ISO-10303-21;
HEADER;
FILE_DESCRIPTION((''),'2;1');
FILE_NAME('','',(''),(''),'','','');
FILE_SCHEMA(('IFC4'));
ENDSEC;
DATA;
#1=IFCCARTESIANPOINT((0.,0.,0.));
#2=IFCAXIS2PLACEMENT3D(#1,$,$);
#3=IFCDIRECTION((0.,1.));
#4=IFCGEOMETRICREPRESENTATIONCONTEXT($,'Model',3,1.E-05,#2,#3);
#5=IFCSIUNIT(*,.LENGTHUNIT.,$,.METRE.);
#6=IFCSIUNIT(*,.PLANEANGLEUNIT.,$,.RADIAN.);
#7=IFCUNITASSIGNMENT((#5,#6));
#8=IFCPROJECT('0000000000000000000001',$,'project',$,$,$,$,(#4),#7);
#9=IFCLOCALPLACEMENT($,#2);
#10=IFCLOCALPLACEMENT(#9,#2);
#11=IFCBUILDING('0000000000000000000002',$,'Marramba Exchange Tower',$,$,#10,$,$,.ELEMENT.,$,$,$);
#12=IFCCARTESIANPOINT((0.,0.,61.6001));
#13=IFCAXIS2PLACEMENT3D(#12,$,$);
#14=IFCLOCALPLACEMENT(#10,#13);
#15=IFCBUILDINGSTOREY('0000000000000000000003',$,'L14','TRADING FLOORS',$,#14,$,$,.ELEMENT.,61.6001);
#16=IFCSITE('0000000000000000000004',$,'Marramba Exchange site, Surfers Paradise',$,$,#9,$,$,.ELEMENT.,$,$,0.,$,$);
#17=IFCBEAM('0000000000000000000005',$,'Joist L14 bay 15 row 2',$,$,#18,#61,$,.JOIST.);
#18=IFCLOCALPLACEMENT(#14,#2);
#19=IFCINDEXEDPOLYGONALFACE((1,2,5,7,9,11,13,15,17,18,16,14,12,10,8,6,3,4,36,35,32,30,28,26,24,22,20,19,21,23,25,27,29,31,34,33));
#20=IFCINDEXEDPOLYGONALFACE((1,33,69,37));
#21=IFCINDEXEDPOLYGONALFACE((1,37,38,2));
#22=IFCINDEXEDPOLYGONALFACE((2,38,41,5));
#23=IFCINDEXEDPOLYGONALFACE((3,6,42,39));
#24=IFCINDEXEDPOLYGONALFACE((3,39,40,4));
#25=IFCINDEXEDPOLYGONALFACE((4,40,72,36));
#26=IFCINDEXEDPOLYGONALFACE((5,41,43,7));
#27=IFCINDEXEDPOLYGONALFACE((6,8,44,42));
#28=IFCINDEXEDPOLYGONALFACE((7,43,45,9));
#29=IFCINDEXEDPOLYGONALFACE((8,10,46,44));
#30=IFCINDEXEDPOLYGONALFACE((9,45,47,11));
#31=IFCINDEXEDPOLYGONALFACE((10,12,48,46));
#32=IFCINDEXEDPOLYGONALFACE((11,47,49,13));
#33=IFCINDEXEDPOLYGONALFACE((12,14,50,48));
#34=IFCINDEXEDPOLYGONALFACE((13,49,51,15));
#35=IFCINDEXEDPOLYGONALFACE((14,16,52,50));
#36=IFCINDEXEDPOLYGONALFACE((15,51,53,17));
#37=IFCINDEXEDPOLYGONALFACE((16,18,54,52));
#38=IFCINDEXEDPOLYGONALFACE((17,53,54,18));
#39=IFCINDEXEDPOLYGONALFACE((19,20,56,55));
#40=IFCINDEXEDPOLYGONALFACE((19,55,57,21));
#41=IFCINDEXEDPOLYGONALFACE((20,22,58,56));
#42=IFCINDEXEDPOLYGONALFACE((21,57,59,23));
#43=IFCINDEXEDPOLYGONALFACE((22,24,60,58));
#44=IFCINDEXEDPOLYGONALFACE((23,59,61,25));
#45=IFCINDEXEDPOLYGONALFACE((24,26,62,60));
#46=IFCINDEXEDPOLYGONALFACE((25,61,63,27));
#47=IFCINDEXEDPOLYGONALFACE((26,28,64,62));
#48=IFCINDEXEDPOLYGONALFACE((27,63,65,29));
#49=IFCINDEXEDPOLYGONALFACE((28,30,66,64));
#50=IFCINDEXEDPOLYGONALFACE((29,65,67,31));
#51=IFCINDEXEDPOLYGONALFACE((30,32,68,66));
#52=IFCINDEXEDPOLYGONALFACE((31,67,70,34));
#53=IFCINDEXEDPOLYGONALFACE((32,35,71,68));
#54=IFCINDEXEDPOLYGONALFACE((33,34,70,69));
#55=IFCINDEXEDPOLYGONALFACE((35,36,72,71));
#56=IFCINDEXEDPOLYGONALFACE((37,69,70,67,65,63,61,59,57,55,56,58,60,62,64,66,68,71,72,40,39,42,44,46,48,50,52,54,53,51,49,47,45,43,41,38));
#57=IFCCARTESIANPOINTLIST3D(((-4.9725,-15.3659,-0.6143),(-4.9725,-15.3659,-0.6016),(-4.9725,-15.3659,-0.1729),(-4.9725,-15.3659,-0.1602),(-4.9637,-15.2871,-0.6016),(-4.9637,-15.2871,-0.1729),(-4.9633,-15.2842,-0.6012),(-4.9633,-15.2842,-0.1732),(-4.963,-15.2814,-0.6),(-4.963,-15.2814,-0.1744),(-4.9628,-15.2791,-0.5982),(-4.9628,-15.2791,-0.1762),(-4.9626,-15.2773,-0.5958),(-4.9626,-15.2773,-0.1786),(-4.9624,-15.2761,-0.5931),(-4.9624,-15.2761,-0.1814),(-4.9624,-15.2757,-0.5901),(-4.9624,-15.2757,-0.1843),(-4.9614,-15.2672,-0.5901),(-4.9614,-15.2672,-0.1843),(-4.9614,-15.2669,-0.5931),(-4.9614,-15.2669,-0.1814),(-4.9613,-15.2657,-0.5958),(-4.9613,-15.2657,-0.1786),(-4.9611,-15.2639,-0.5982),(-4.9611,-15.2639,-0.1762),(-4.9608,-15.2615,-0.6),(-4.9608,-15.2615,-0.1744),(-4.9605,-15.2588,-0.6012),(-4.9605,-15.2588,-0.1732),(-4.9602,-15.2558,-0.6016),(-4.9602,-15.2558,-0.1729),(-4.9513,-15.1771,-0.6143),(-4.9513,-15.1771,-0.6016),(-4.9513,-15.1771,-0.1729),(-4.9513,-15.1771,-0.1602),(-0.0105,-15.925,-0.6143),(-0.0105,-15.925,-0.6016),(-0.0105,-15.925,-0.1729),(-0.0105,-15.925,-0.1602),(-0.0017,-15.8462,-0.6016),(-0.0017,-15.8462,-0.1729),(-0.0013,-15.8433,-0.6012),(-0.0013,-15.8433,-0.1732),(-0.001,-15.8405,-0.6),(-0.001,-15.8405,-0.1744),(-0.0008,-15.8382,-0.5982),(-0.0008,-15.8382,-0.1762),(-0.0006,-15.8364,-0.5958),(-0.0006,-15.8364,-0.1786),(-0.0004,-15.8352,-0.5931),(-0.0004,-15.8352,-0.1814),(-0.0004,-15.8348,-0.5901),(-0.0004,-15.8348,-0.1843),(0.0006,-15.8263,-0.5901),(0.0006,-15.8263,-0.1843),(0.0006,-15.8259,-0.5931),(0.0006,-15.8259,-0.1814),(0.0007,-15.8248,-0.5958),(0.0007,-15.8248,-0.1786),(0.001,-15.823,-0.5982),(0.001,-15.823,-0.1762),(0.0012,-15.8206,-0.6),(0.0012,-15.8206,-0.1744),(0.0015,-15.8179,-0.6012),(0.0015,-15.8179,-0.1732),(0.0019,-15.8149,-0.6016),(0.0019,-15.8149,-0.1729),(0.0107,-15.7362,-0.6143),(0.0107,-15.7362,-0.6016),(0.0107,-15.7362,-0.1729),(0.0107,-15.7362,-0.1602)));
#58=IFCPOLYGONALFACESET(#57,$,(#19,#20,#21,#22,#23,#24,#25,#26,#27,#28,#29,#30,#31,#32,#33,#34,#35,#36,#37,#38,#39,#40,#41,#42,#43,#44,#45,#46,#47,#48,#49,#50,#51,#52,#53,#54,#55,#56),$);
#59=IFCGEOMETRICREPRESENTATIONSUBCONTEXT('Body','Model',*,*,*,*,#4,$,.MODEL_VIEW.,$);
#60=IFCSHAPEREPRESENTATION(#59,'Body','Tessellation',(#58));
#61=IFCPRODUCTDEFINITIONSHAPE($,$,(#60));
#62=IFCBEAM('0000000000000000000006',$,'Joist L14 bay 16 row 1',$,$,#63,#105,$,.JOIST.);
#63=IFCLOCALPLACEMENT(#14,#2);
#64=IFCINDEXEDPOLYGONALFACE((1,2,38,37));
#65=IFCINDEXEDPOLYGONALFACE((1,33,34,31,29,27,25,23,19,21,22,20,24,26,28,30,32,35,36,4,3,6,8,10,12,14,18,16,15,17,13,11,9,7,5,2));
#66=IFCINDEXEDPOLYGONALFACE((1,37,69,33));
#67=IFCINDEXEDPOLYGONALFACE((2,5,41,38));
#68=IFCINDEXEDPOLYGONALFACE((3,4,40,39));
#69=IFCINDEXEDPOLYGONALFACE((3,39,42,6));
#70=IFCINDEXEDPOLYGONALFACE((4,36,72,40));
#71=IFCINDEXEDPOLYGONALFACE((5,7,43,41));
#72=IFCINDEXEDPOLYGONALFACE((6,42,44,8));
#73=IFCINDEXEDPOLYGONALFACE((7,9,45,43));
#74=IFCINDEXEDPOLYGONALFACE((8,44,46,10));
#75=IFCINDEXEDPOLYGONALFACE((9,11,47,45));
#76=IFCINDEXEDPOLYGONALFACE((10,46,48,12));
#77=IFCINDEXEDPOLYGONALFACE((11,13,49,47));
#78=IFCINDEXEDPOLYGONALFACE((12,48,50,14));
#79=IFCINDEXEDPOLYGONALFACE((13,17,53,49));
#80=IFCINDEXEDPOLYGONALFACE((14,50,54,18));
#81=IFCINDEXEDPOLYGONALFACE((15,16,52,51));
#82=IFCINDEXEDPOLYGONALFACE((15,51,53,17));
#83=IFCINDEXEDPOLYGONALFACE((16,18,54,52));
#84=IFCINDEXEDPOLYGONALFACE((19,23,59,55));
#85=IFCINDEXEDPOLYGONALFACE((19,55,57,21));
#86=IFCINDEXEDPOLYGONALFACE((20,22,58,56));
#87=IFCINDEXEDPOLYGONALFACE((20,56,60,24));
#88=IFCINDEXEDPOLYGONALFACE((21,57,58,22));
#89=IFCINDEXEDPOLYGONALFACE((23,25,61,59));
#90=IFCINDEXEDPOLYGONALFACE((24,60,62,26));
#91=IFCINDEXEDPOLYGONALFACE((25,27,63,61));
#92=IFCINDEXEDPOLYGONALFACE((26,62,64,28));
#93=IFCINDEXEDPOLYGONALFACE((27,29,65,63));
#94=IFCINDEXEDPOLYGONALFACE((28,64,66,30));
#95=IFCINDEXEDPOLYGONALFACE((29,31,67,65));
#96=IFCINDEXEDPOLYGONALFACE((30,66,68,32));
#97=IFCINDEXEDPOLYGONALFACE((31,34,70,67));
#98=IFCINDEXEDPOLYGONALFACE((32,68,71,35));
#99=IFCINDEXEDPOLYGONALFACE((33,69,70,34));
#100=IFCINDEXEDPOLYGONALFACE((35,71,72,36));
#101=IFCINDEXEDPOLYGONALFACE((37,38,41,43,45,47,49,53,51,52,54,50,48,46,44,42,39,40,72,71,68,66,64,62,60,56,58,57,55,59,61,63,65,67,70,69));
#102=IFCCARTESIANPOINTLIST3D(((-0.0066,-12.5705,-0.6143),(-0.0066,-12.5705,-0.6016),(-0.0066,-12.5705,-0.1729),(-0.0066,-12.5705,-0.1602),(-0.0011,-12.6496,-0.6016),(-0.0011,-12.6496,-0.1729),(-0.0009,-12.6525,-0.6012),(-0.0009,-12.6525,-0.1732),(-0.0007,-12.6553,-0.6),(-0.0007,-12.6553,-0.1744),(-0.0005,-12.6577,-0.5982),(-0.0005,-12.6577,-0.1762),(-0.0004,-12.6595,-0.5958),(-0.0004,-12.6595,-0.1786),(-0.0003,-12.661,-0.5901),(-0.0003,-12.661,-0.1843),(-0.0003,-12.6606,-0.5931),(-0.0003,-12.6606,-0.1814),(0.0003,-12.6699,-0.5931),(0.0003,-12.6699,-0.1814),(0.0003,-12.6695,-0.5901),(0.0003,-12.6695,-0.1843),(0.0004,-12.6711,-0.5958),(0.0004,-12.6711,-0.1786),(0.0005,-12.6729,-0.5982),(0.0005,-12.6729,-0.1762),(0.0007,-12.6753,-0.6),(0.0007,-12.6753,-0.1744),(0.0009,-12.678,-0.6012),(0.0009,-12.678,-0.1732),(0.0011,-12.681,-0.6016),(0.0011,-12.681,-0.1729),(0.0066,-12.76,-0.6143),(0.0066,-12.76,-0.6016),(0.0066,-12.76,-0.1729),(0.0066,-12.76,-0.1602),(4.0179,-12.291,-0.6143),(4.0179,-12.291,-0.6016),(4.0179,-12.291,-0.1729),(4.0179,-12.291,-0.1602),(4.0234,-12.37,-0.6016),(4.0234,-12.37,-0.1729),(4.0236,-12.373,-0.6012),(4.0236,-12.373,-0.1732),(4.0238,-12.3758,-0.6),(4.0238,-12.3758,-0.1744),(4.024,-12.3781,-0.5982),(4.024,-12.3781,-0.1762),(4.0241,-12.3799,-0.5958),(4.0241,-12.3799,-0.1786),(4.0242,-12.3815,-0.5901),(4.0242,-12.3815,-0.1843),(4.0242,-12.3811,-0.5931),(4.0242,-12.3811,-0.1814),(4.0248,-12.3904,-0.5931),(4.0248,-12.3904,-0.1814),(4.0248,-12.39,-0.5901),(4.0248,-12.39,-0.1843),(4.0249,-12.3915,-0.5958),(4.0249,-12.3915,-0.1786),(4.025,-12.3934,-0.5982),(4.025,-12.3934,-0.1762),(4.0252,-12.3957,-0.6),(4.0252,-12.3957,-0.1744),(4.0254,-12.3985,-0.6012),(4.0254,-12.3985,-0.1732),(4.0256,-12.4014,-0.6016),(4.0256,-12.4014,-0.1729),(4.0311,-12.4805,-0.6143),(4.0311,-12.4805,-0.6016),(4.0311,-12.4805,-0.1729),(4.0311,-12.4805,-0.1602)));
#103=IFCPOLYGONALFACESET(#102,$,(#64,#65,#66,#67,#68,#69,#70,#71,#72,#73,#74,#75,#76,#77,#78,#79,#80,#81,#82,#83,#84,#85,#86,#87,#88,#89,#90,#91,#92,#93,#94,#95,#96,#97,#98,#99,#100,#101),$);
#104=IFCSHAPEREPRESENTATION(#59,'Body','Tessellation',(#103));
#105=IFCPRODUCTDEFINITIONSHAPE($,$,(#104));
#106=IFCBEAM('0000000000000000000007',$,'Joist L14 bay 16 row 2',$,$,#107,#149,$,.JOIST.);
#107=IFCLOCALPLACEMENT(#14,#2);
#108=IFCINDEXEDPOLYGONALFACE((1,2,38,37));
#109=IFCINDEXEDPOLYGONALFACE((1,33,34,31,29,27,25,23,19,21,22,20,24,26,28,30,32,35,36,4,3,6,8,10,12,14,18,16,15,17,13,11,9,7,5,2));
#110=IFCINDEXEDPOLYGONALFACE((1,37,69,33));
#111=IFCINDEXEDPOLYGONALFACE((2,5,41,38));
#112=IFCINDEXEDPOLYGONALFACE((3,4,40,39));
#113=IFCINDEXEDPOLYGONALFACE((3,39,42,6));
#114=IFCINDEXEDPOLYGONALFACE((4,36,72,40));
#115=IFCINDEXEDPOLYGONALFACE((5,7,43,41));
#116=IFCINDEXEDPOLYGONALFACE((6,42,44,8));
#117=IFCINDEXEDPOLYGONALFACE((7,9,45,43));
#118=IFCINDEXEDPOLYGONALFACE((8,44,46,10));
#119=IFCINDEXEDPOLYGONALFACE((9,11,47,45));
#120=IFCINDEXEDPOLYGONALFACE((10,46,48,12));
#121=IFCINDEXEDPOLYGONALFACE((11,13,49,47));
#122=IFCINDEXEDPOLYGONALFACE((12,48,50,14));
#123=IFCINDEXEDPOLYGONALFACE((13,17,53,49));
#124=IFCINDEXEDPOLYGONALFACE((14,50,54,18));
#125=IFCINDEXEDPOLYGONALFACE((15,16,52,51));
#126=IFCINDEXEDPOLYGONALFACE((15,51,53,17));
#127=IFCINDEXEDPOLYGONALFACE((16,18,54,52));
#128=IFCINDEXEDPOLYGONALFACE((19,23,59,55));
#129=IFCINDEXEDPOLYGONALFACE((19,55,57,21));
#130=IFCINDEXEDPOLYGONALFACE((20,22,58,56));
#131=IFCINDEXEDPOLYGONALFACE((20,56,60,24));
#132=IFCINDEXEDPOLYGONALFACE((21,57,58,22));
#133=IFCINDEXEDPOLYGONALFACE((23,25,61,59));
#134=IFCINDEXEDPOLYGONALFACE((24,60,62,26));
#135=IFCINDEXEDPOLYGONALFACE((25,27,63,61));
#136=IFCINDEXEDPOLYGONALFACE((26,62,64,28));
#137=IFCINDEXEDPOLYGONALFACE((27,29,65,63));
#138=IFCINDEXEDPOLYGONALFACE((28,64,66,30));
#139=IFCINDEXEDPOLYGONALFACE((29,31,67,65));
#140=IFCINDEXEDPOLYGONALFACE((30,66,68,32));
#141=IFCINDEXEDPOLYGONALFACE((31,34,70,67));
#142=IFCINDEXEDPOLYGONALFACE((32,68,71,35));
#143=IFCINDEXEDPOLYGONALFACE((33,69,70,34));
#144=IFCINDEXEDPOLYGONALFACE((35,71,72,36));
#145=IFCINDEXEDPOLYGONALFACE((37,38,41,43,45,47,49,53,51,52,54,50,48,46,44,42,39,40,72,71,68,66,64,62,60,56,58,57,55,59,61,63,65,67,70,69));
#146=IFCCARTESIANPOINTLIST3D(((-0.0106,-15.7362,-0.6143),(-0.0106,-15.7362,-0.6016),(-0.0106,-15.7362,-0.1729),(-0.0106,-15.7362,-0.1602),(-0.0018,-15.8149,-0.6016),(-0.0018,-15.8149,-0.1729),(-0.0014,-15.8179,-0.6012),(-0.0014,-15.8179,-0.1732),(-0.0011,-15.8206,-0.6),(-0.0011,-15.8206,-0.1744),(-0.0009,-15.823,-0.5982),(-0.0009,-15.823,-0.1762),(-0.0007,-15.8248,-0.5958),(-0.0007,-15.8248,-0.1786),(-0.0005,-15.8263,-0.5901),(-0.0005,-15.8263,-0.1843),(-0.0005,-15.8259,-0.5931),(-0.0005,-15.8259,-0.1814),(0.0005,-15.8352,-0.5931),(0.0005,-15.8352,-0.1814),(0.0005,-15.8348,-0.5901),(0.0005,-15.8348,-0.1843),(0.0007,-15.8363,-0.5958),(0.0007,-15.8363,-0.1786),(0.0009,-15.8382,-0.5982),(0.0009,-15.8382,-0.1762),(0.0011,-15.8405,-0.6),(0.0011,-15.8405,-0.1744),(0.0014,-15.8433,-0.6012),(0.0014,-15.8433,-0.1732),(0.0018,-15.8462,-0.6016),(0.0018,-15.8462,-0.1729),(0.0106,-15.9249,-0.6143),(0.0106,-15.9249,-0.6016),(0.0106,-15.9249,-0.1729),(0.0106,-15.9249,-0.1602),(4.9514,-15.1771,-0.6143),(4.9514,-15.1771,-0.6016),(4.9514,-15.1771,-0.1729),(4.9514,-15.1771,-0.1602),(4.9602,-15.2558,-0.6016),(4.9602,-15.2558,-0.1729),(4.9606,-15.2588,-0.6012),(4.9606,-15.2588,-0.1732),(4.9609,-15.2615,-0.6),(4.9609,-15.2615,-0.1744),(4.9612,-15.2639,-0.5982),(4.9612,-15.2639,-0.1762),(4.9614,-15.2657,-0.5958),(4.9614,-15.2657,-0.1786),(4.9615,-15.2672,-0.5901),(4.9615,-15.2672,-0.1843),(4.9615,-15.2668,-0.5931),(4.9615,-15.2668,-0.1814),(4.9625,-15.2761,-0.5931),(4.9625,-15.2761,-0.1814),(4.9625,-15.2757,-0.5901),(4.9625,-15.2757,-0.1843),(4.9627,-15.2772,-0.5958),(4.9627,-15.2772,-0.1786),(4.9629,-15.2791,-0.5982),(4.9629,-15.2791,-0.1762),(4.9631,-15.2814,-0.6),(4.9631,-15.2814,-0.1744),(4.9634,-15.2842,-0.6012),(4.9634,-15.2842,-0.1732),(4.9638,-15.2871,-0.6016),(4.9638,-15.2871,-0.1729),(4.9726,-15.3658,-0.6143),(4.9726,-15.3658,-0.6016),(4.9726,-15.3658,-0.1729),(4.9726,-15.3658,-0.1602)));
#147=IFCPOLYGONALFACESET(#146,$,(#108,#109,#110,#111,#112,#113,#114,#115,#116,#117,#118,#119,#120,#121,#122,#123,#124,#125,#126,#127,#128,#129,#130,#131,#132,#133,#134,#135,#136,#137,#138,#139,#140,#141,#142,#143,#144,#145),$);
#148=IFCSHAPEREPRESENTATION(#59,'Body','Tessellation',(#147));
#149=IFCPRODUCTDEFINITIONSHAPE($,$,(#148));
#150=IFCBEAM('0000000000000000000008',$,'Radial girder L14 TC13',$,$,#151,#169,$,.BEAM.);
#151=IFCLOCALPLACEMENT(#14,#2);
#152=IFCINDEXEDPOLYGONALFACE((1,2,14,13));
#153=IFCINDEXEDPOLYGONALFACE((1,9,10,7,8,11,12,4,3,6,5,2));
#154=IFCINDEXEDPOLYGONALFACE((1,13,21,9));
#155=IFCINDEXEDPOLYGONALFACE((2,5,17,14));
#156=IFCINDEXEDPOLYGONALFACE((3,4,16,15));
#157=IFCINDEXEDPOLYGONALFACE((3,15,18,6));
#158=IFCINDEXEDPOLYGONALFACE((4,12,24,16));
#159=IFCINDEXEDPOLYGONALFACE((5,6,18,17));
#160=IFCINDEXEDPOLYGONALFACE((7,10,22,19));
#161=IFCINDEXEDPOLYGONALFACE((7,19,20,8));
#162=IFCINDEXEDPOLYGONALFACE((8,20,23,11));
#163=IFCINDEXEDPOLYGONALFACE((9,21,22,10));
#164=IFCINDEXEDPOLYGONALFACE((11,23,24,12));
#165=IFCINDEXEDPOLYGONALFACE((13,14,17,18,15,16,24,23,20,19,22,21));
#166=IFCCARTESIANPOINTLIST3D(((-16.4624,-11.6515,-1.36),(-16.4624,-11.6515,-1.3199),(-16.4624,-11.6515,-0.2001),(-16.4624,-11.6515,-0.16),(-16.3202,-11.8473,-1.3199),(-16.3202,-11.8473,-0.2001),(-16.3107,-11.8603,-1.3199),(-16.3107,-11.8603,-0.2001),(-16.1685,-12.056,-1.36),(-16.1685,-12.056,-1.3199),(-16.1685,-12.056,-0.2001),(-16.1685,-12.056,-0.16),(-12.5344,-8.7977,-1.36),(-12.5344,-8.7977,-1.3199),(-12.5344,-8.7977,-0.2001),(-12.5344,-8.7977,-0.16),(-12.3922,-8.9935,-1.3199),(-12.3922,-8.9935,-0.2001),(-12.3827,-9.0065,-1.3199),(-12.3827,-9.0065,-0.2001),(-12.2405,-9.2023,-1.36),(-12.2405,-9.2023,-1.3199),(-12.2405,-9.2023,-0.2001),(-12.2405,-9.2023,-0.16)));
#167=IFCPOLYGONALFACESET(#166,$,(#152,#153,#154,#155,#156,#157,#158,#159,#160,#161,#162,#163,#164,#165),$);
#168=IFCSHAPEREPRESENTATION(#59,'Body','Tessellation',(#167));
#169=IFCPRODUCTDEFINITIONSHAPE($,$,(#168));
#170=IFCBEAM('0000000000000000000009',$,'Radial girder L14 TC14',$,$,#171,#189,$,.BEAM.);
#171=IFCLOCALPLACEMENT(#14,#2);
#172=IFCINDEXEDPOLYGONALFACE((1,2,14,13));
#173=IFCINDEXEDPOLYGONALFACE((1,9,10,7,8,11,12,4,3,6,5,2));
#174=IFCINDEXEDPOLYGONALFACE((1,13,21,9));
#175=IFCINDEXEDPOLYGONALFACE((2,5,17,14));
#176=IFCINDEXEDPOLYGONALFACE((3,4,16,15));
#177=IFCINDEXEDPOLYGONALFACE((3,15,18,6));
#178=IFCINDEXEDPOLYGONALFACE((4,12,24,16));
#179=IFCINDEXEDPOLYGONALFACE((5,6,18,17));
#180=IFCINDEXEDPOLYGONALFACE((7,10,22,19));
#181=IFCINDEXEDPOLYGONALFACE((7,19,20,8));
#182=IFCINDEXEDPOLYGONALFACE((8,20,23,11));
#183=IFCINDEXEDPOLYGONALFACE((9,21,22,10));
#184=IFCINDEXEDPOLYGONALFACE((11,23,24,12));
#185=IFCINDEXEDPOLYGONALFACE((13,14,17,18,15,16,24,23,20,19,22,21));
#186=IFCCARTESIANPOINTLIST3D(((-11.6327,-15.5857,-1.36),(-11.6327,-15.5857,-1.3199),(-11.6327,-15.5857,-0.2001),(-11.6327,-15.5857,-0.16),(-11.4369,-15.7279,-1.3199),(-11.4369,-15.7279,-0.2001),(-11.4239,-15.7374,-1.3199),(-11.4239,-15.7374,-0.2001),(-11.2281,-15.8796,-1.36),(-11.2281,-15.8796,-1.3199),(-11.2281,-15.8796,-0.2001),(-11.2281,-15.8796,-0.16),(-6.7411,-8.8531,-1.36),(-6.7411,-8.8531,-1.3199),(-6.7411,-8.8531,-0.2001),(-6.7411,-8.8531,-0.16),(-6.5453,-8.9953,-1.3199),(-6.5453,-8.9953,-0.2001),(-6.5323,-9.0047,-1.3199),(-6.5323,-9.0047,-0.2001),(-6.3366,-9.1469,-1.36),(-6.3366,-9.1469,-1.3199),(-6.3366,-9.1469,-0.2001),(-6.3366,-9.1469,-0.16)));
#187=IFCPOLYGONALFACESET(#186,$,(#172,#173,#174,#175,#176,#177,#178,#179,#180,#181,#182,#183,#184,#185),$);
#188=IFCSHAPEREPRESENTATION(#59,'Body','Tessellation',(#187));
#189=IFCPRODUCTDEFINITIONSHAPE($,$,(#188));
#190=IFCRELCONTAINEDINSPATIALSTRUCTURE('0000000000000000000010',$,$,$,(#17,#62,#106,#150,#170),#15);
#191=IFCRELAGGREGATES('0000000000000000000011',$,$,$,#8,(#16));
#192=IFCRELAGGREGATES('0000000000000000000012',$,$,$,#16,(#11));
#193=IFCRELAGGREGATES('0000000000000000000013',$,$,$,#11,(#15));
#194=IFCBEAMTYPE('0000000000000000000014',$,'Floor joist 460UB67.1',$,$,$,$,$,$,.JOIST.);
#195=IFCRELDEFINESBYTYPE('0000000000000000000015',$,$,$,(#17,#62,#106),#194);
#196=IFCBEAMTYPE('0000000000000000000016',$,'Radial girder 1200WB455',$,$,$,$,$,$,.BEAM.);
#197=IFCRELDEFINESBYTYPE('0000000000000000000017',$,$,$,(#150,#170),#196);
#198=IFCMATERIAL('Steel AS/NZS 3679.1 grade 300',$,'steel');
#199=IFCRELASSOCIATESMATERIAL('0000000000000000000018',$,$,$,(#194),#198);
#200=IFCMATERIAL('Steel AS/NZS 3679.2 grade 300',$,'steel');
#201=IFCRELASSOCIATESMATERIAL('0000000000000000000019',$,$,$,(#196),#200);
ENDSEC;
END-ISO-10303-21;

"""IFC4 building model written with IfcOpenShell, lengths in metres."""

from ifc_helpers import new_model, si_unit, direction, frame, origin, origin_2d, place, context, subcontext, project, spatial, i_section, extrude, material, material_profile, profile_set, type_object, element, save


model = new_model("IFC4")

# Units and contexts
model_context = context("Model", 3, precision=1e-05, world=origin(), true_north=direction((0.0, 1.0)))
body_context = subcontext(model_context, "Body", "Model", "MODEL_VIEW")
ifc_project = project(units=[si_unit("LENGTHUNIT", "METRE"), si_unit("PLANEANGLEUNIT", "RADIAN")], contexts=[model_context])

# Site, building, storey
site_placement = place(None, origin())
site = spatial("IfcSite", under=ifc_project, at=site_placement, Name="Marramba Exchange site, Surfers Paradise", CompositionType="ELEMENT", RefElevation=0.0)
building_placement = place(site_placement, origin())
building = spatial("IfcBuilding", under=site, at=building_placement, Name="Marramba Exchange Tower", CompositionType="ELEMENT")
storey_placement = place(building_placement, frame((0.0, 0.0, 61.6001)))
storey = spatial("IfcBuildingStorey", under=building, at=storey_placement, Name="L14", Description="TRADING FLOORS", CompositionType="ELEMENT", Elevation=61.6001)

# Beams
ifc_material_1 = material(Name="Steel AS/NZS 3679.2 grade 300", Category="steel")
ifc_material_2 = material(Name="Steel AS/NZS 3679.1 grade 300", Category="steel")
ifc_material_profile_1 = material_profile(ifc_material_2, i_section(OverallWidth=0.1899, OverallDepth=0.4541, WebThickness=0.0085, FlangeThickness=0.0127, FilletRadius=0.0115, at=origin_2d()), Name="460UB67.1")
ifc_profile_set_1 = profile_set([ifc_material_profile_1], Name="Steel AS/NZS 3679.1 grade 300")
beam_type_1 = type_object("IfcBeamType", Name="Floor joist 460UB67.1", PredefinedType="JOIST", material=ifc_profile_set_1)
beam_1_placement = place(storey_placement, frame((-4.9619, -15.2715, -0.3872), z_axis=(0.993712, -0.111966, 0.0), x_axis=(0.111966, 0.993712, 0.0)))
element("IfcBeam", 1, at=beam_1_placement, inside=storey, type_object=beam_type_1, Name="Joist L14 bay 15 row 2", PredefinedType="JOIST", context=body_context, shape_type="SweptSolid", body=[
    extrude(i_section(OverallWidth=0.1899, OverallDepth=0.4541, WebThickness=0.0085, FlangeThickness=0.0127, FilletRadius=0.0115, at=origin_2d()), origin(), (0.0, 0.0, 1.0), 4.9934),
])
beam_2_placement = place(storey_placement, frame((0.0, -12.6653, -0.3872), z_axis=(0.997596, 0.069294, 0.0), x_axis=(-0.069294, 0.997596, 0.0)))
element("IfcBeam", 2, at=beam_2_placement, inside=storey, type_object=beam_type_1, Name="Joist L14 bay 16 row 1", PredefinedType="JOIST", context=body_context, shape_type="SweptSolid", body=[
    extrude(i_section(OverallWidth=0.1899, OverallDepth=0.4541, WebThickness=0.0085, FlangeThickness=0.0127, FilletRadius=0.0115, at=origin_2d()), origin(), (0.0, 0.0, 1.0), 4.0342),
])
beam_3_placement = place(storey_placement, frame((0.0, -15.8306, -0.3872), z_axis=(0.993712, 0.111966, 0.0), x_axis=(-0.111966, 0.993712, 0.0)))
element("IfcBeam", 3, at=beam_3_placement, inside=storey, type_object=beam_type_1, Name="Joist L14 bay 16 row 2", PredefinedType="JOIST", context=body_context, shape_type="SweptSolid", body=[
    extrude(i_section(OverallWidth=0.1899, OverallDepth=0.4541, WebThickness=0.0085, FlangeThickness=0.0127, FilletRadius=0.0115, at=origin_2d()), origin(), (0.0, 0.0, 1.0), 4.9934),
])
ifc_material_profile_2 = material_profile(ifc_material_1, i_section(OverallWidth=0.5, OverallDepth=1.2, WebThickness=0.0161, FlangeThickness=0.04, at=origin_2d()), Name="1200WB455")
ifc_profile_set_2 = profile_set([ifc_material_profile_2], Name="Steel AS/NZS 3679.2 grade 300")
beam_type_2 = type_object("IfcBeamType", Name="Radial girder 1200WB455", PredefinedType="BEAM", material=ifc_profile_set_2)
beam_4_placement = place(storey_placement, frame((-12.3875, -9.0, -0.76), z_axis=(-0.809025, -0.587774, 0.0), x_axis=(0.587774, -0.809025, 0.0)))
element("IfcBeam", 4, at=beam_4_placement, inside=storey, type_object=beam_type_2, Name="Radial girder L14 TC13", PredefinedType="BEAM", context=body_context, shape_type="SweptSolid", body=[
    extrude(i_section(OverallWidth=0.5, OverallDepth=1.2, WebThickness=0.0161, FlangeThickness=0.04, at=origin_2d()), origin(), (0.0, 0.0, 1.0), 4.8552),
])
beam_5_placement = place(storey_placement, frame((-6.5388, -9.0, -0.76), z_axis=(-0.587788, -0.809015, 0.0), x_axis=(0.809015, -0.587788, 0.0)))
element("IfcBeam", 5, at=beam_5_placement, inside=storey, type_object=beam_type_2, Name="Radial girder L14 TC14", PredefinedType="BEAM", context=body_context, shape_type="SweptSolid", body=[
    extrude(i_section(OverallWidth=0.5, OverallDepth=1.2, WebThickness=0.0161, FlangeThickness=0.04, at=origin_2d()), origin(), (0.0, 0.0, 1.0), 8.322),
])

save(model, "model.ifc")
